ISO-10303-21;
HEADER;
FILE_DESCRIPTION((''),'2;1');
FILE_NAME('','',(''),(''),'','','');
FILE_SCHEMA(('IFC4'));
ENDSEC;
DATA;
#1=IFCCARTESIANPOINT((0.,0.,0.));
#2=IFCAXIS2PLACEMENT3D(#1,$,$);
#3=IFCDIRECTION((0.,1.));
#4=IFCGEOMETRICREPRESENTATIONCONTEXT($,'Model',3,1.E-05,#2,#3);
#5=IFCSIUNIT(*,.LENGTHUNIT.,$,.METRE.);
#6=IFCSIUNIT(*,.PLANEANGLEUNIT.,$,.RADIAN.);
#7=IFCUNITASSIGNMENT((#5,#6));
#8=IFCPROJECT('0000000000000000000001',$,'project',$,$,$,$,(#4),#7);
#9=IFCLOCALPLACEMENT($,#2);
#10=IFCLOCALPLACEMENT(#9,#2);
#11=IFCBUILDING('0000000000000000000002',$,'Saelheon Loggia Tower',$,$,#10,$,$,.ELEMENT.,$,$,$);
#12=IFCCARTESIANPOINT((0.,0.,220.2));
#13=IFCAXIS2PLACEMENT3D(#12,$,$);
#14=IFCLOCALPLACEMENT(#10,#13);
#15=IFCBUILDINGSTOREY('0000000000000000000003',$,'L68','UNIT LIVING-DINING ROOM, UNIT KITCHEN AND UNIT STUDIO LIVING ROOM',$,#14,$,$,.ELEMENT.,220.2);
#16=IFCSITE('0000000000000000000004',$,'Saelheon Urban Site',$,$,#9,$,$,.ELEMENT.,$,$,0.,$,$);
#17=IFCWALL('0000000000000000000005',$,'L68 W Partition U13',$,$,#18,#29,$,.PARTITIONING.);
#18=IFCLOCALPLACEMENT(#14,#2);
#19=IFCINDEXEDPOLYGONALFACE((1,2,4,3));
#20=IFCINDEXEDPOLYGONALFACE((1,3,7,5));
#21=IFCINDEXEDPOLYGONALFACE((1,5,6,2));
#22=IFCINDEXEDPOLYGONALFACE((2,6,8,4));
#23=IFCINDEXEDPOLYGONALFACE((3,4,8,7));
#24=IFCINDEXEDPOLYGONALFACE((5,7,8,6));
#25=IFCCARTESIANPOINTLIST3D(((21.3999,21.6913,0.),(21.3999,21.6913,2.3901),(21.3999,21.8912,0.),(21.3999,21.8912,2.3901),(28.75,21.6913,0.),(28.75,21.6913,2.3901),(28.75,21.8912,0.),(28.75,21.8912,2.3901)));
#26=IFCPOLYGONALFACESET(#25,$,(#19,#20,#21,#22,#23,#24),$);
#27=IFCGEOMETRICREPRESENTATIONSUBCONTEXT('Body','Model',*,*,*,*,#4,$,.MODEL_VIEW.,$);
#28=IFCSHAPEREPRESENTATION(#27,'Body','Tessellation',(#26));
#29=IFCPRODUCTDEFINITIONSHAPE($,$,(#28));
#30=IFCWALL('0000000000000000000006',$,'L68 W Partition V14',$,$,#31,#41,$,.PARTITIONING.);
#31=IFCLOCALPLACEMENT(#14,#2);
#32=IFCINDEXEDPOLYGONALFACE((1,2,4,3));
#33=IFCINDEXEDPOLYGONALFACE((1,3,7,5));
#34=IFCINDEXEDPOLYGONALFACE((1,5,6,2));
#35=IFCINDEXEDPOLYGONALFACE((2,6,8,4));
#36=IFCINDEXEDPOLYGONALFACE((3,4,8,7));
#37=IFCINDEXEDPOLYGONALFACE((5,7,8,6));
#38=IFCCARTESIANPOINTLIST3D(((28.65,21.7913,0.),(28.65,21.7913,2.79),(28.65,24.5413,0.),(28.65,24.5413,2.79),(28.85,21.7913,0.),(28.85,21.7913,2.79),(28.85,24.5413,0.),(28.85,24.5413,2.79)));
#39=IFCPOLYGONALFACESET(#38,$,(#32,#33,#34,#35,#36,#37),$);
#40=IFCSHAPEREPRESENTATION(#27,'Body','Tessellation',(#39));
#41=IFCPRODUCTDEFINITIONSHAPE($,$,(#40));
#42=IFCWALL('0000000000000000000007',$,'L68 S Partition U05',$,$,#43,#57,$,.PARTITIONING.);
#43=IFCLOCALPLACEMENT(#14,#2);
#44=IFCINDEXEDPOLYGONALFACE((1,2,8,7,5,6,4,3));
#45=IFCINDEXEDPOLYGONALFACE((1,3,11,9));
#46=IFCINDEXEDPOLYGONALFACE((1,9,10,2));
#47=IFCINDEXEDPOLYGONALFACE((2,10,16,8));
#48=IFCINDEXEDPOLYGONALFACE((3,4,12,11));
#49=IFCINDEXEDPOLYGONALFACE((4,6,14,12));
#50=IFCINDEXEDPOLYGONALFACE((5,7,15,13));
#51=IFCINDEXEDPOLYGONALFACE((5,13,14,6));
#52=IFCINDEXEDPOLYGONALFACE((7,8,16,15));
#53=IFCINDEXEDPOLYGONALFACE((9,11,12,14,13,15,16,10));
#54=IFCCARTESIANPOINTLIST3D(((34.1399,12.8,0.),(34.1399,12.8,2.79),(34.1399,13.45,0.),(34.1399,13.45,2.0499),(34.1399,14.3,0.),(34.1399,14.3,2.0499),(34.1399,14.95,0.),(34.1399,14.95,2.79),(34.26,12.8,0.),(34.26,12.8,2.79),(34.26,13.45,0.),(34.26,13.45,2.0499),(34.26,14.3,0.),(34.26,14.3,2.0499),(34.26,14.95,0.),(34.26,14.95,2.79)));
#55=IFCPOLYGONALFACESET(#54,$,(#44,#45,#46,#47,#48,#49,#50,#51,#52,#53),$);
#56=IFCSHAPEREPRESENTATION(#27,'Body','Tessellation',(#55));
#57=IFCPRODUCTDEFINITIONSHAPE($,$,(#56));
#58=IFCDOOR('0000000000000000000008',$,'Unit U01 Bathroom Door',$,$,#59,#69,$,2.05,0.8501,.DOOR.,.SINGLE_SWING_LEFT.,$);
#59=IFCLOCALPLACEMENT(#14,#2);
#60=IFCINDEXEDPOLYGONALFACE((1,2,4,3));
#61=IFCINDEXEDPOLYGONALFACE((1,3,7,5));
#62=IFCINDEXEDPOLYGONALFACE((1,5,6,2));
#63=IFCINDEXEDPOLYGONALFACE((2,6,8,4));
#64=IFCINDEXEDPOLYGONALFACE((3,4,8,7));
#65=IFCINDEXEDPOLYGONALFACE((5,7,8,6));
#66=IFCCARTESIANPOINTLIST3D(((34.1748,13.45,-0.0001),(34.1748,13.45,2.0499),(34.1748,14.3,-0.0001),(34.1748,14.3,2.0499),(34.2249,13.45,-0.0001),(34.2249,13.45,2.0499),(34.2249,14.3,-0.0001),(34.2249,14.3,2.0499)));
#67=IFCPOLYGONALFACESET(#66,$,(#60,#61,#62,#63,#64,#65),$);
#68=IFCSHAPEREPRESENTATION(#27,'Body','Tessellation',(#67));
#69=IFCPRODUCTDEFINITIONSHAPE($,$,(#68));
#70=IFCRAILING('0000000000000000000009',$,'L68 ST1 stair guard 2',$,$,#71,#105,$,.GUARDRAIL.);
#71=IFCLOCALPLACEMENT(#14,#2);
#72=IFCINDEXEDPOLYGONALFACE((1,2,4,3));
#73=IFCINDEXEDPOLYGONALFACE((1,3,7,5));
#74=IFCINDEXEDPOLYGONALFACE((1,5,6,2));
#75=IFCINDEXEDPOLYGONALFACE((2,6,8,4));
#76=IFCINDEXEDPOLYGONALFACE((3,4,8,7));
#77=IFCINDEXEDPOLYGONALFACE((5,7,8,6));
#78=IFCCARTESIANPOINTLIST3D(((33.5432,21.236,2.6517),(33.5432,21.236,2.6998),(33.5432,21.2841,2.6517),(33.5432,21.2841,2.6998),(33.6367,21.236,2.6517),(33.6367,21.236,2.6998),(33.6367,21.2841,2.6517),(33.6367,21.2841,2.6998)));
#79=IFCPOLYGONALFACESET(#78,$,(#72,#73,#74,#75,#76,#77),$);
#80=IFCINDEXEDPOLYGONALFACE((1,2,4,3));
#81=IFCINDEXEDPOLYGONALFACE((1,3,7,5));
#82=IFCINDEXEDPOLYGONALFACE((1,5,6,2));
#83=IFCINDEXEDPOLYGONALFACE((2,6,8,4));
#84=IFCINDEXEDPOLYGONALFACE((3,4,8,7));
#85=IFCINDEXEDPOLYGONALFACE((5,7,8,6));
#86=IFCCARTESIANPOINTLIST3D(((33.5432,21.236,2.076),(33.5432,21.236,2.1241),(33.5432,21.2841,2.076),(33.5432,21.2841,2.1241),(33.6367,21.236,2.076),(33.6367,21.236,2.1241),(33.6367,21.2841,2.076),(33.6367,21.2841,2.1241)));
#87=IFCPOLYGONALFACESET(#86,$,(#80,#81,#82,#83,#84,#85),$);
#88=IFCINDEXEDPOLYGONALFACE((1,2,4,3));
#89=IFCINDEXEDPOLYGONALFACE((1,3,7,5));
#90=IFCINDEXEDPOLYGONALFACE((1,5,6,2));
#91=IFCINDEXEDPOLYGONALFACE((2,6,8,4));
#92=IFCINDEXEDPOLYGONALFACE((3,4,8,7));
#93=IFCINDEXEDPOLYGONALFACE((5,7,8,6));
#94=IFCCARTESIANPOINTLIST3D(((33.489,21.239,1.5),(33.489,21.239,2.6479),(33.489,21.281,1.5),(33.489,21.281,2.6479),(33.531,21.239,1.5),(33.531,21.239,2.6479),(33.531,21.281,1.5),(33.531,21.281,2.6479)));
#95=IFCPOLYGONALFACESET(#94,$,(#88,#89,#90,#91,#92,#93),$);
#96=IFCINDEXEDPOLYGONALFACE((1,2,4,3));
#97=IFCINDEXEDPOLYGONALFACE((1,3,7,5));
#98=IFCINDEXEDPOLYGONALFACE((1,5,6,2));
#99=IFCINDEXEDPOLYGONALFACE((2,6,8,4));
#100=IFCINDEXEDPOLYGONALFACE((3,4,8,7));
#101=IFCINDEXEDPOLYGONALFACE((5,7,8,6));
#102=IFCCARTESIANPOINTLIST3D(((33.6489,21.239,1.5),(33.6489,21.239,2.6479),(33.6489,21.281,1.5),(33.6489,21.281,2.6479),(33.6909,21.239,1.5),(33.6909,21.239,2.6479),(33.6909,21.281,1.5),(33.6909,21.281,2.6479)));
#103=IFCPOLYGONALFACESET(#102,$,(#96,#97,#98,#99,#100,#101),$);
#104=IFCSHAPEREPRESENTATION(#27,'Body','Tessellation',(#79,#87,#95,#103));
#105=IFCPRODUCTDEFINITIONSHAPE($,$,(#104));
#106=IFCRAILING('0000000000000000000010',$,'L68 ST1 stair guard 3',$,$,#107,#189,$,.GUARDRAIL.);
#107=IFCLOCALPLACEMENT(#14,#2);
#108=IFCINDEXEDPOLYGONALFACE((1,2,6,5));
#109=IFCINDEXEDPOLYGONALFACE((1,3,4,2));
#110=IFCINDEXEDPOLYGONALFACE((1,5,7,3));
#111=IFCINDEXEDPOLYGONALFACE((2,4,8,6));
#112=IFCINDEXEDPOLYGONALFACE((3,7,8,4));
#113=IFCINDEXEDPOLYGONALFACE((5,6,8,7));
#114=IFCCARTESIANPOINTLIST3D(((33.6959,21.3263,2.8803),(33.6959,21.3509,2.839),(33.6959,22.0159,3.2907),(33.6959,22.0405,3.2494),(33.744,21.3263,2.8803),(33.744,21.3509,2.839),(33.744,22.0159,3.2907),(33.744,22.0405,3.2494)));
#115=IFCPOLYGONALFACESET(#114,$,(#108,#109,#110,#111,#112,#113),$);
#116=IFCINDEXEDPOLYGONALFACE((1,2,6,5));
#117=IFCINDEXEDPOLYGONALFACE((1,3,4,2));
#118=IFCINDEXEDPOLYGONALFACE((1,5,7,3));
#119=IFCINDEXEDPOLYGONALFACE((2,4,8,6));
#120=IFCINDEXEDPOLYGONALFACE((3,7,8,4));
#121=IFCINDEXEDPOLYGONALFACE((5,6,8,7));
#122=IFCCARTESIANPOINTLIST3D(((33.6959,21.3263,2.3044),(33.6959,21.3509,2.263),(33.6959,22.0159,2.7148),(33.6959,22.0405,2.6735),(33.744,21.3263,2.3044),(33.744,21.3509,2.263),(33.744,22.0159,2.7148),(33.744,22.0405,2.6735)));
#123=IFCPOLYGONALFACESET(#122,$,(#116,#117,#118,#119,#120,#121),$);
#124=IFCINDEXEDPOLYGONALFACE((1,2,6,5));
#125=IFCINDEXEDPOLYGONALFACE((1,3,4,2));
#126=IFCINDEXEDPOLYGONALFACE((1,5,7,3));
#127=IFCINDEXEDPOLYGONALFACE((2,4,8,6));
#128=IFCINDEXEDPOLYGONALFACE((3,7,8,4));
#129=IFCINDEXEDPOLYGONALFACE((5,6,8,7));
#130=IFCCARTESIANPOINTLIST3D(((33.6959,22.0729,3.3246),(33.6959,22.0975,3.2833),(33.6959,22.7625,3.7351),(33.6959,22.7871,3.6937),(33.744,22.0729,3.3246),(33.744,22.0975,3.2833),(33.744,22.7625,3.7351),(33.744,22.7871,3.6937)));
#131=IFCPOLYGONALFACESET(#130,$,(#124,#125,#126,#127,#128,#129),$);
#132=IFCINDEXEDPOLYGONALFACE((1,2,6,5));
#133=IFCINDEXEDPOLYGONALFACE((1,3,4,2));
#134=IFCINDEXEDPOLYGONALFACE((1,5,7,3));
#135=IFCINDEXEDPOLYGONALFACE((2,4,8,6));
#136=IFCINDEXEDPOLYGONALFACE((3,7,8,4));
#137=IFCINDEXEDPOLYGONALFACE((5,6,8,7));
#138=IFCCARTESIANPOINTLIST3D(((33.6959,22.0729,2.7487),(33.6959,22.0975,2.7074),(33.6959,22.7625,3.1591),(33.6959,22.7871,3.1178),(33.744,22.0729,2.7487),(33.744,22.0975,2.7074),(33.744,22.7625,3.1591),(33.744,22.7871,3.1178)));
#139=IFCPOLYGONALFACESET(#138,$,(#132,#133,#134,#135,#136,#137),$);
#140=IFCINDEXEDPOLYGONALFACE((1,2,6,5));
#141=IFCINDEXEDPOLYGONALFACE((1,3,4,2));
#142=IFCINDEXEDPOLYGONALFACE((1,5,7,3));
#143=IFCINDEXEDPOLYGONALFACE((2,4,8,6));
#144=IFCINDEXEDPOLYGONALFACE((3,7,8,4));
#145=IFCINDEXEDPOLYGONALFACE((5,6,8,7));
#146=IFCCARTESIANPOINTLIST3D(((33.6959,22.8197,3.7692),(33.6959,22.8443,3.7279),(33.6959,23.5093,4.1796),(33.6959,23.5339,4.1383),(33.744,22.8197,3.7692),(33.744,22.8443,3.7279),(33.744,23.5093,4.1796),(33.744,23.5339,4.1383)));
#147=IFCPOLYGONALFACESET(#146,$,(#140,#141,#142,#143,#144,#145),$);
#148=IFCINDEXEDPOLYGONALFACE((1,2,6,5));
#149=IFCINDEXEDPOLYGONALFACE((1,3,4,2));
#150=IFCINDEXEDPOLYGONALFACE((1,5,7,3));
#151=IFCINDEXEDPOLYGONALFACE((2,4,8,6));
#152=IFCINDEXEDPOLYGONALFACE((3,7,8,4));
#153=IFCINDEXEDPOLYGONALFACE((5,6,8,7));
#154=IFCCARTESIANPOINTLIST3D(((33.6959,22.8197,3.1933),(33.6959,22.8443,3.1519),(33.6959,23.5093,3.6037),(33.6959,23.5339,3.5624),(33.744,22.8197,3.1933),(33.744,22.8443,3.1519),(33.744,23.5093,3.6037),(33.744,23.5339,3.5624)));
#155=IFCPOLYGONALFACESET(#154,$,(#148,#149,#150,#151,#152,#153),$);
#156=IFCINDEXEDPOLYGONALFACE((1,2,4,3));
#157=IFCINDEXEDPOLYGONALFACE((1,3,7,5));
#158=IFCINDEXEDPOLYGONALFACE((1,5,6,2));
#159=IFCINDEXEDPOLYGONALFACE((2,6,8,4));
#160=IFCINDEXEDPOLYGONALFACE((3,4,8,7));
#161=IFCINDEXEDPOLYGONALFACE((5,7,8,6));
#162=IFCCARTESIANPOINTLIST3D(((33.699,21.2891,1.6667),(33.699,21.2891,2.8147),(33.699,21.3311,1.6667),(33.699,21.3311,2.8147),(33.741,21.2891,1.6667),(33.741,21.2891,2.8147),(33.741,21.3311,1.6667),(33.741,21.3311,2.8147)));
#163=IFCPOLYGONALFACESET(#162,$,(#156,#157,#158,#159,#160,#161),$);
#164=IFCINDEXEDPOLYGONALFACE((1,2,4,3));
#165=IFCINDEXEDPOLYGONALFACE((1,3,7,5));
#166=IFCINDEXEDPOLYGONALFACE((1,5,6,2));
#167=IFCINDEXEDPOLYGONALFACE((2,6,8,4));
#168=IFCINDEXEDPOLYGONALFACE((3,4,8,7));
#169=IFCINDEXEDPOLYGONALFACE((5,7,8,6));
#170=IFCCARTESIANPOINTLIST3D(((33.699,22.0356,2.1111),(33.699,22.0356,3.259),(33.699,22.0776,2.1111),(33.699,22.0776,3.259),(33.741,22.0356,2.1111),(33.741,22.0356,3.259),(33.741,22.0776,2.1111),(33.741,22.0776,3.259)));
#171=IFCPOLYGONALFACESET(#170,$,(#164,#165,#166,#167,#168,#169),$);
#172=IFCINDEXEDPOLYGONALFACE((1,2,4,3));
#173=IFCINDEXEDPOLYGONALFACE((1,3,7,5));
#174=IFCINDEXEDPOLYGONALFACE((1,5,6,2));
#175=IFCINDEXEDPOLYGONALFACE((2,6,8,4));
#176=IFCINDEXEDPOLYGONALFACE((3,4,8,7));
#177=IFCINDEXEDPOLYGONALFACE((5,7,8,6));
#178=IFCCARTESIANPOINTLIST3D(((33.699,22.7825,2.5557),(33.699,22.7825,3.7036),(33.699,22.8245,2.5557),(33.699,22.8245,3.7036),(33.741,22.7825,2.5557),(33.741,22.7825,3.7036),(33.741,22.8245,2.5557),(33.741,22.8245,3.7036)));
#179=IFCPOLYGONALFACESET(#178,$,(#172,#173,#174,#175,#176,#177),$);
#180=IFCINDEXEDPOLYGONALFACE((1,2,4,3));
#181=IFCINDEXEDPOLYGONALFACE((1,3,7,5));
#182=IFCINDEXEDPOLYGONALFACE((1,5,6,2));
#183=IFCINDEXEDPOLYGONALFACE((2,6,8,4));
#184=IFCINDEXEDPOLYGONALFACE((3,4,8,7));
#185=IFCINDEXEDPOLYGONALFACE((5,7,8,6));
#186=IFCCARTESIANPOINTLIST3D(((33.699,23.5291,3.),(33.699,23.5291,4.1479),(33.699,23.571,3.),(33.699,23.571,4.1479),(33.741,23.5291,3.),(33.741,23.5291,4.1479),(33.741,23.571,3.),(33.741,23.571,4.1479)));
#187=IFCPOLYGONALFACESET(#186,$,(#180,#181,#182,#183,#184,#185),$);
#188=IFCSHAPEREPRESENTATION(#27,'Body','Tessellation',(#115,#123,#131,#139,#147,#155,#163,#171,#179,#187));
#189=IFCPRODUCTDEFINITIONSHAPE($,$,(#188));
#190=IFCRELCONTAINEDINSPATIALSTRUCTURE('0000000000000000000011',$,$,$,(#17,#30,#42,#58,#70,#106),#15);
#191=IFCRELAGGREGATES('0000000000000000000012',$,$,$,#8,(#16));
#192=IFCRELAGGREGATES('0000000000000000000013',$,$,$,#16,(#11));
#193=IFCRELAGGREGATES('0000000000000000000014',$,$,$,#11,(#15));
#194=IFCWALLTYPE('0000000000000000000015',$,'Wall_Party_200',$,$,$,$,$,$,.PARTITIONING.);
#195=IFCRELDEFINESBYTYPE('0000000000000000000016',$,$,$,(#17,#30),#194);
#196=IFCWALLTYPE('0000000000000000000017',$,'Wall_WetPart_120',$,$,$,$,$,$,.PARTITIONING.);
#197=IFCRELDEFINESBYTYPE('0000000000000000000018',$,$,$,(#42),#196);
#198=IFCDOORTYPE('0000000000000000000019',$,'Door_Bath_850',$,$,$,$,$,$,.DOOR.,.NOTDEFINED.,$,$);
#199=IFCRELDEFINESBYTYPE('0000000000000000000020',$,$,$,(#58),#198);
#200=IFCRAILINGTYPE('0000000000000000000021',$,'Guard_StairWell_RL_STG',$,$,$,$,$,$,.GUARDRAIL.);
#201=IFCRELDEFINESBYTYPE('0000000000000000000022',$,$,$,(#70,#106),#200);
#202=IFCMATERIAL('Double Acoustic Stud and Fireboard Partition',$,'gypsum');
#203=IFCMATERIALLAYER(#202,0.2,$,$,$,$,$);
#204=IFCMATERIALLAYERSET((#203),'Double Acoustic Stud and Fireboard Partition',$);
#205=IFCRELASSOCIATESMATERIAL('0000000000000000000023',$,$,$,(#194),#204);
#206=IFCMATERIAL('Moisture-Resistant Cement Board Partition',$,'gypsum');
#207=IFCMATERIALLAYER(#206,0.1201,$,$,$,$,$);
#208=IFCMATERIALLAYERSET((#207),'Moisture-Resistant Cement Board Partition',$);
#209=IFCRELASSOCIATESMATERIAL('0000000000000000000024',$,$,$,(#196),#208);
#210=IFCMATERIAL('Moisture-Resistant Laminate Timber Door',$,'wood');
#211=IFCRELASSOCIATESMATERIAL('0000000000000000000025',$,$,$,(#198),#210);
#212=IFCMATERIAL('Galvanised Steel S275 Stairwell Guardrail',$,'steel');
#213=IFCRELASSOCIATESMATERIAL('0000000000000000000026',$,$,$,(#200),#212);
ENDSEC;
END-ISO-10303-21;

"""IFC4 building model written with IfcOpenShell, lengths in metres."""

from ifc_helpers import new_model, si_unit, direction, frame, frame_2d, origin, origin_2d, place, context, subcontext, project, spatial, rectangle, extrude, source, transform, mapped, material, layer, layer_set, type_object, element, fill, save


model = new_model("IFC4")

# Units and contexts
model_context = context("Model", 3, precision=1e-05, world=origin(), true_north=direction((0.0, 1.0)))
body_context = subcontext(model_context, "Body", "Model", "MODEL_VIEW")
ifc_project = project(units=[si_unit("LENGTHUNIT", "METRE"), si_unit("PLANEANGLEUNIT", "RADIAN")], contexts=[model_context])

# Site, building, storey
site_placement = place(None, origin())
site = spatial("IfcSite", under=ifc_project, at=site_placement, Name="Saelheon Urban Site", CompositionType="ELEMENT", RefElevation=0.0)
building_placement = place(site_placement, origin())
building = spatial("IfcBuilding", under=site, at=building_placement, Name="Saelheon Loggia Tower", CompositionType="ELEMENT")
storey_placement = place(building_placement, frame((0.0, 0.0, 220.2)))
storey = spatial("IfcBuildingStorey", under=building, at=storey_placement, Name="L68", Description="UNIT LIVING-DINING ROOM, UNIT KITCHEN AND UNIT STUDIO LIVING ROOM", CompositionType="ELEMENT", Elevation=220.2)

# Shared definitions
ifc_material_1 = material(Name="Double Acoustic Stud and Fireboard Partition", Category="gypsum")
ifc_layer_1 = layer(ifc_material_1, 0.2)
ifc_layer_set_1 = layer_set([ifc_layer_1], Name="Double Acoustic Stud and Fireboard Partition")
wall_type_1 = type_object("IfcWallType", Name="Wall_Party_200", PredefinedType="PARTITIONING", material=ifc_layer_set_1)

# Walls
wall_1_placement = place(storey_placement, frame((28.75, 21.7913, 0.0), z_axis=(0.0, 0.0, 1.0), x_axis=(-1.0, 0.0, 0.0)))
element("IfcWall", 1, at=wall_1_placement, inside=storey, type_object=wall_type_1, Name="L68 W Partition U13", PredefinedType="PARTITIONING", context=body_context, shape_type="SweptSolid", body=[
    extrude(rectangle(XDim=7.3501, YDim=0.2, at=frame_2d((3.675, 0.0))), origin(), (0.0, 0.0, 1.0), 2.3901),
])
wall_2_placement = place(storey_placement, frame((28.75, 21.7913, 0.0), z_axis=(0.0, 0.0, 1.0), x_axis=(0.0, 1.0, 0.0)))
element("IfcWall", 2, at=wall_2_placement, inside=storey, type_object=wall_type_1, Name="L68 W Partition V14", PredefinedType="PARTITIONING", context=body_context, shape_type="SweptSolid", body=[
    extrude(rectangle(XDim=2.75, YDim=0.2, at=frame_2d((1.375, 0.0))), origin(), (0.0, 0.0, 1.0), 2.79),
])

# Wall, opening, door
ifc_material_2 = material(Name="Moisture-Resistant Cement Board Partition", Category="gypsum")
ifc_layer_2 = layer(ifc_material_2, 0.1201)
ifc_layer_set_2 = layer_set([ifc_layer_2], Name="Moisture-Resistant Cement Board Partition")
wall_type_2 = type_object("IfcWallType", Name="Wall_WetPart_120", PredefinedType="PARTITIONING", material=ifc_layer_set_2)
wall_3_placement = place(storey_placement, frame((34.2, 14.95, 0.0), z_axis=(0.0, 0.0, 1.0), x_axis=(0.0, -1.0, 0.0)))
wall_3 = element("IfcWall", 3, at=wall_3_placement, inside=storey, type_object=wall_type_2, Name="L68 S Partition U05", PredefinedType="PARTITIONING", context=body_context, shape_type="SweptSolid", body=[
    extrude(rectangle(XDim=2.1499, YDim=0.1201, at=frame_2d((1.075, 0.0))), origin(), (0.0, 0.0, 1.0), 2.79),
])
opening_1_placement = place(wall_3_placement, frame((0.6499, 0.0, 0.0)))
opening_1 = element("IfcOpeningElement", 4, at=opening_1_placement, cuts=wall_3, PredefinedType="OPENING", context=body_context, shape_type="SweptSolid", body=[
    extrude(rectangle(XDim=0.8501, YDim=2.05, at=frame_2d((0.425, 1.0249))), frame((0.0, 0.072, 0.0), z_axis=(0.0, -1.0, 0.0), x_axis=(1.0, 0.0, 0.0)), (0.0, 0.0, 1.0), 0.144),
])
ifc_material_3 = material(Name="Moisture-Resistant Laminate Timber Door", Category="wood")
door_type_1 = type_object("IfcDoorType", Name="Door_Bath_850", OperationType="NOTDEFINED", PredefinedType="DOOR", material=ifc_material_3)
shared_shape_1 = source(origin(), body_context, "Body", "SweptSolid", [
    extrude(rectangle(XDim=0.8501, YDim=2.05, at=frame_2d((0.425, 1.0249))), frame((0.0, 0.0249, 0.0), z_axis=(0.0, -1.0, 0.0), x_axis=(1.0, 0.0, 0.0)), (0.0, 0.0, 1.0), 0.05),
])
door_1_placement = place(opening_1_placement, origin())
door_1 = element("IfcDoor", 5, at=door_1_placement, inside=storey, type_object=door_type_1, Name="Unit U01 Bathroom Door", OperationType="SINGLE_SWING_LEFT", OverallHeight=2.05, OverallWidth=0.8501, PredefinedType="DOOR", context=body_context, shape_type="MappedRepresentation", body=[
    mapped(shared_shape_1, transform((0.0, 0.0, 0.0), scale=1.0)),
])
fill(opening_1, door_1)

# Railings
ifc_material_4 = material(Name="Galvanised Steel S275 Stairwell Guardrail", Category="steel")
railing_type = type_object("IfcRailingType", Name="Guard_StairWell_RL_STG", PredefinedType="GUARDRAIL", material=ifc_material_4)
railing_1_placement = place(storey_placement, frame((33.51, 21.26, 1.5)))
element("IfcRailing", 6, at=railing_1_placement, inside=storey, type_object=railing_type, Name="L68 ST1 stair guard 2", PredefinedType="GUARDRAIL", context=body_context, shape_type="SweptSolid", body=[
    extrude(rectangle(XDim=0.0481, YDim=0.0481, at=origin_2d()), frame((0.0332, 0.0, 1.1758), z_axis=(1.0, 0.0, 0.0), x_axis=(0.0, 1.0, 0.0)), (0.0, 0.0, 1.0), 0.0935),
    extrude(rectangle(XDim=0.0481, YDim=0.0481, at=origin_2d()), frame((0.0332, 0.0, 0.6001), z_axis=(1.0, 0.0, 0.0), x_axis=(0.0, 1.0, 0.0)), (0.0, 0.0, 1.0), 0.0935),
    extrude(rectangle(XDim=0.042, YDim=0.042, at=origin_2d()), origin(), (0.0, 0.0, 1.0), 1.1479),
    extrude(rectangle(XDim=0.042, YDim=0.042, at=origin_2d()), frame((0.1599, 0.0, 0.0)), (0.0, 0.0, 1.0), 1.1479),
])
railing_2_placement = place(storey_placement, frame((33.72, 21.3101, 1.6667)))
element("IfcRailing", 7, at=railing_2_placement, inside=storey, type_object=railing_type, Name="L68 ST1 stair guard 3", PredefinedType="GUARDRAIL", context=body_context, shape_type="SweptSolid", body=[
    extrude(rectangle(XDim=0.0481, YDim=0.0481, at=origin_2d()), frame((0.0, 0.0286, 1.1929), z_axis=(0.0, 0.859306, 0.511462), x_axis=(-1.0, 0.0, 0.0)), (0.0, 0.0, 1.0), 0.8025),
    extrude(rectangle(XDim=0.0481, YDim=0.0481, at=origin_2d()), frame((0.0, 0.0286, 0.6169), z_axis=(0.0, 0.859306, 0.511462), x_axis=(-1.0, 0.0, 0.0)), (0.0, 0.0, 1.0), 0.8025),
    extrude(rectangle(XDim=0.0481, YDim=0.0481, at=origin_2d()), frame((0.0, 0.7751, 1.6372), z_axis=(0.0, 0.859306, 0.511462), x_axis=(-1.0, 0.0, 0.0)), (0.0, 0.0, 1.0), 0.8025),
    extrude(rectangle(XDim=0.0481, YDim=0.0481, at=origin_2d()), frame((0.0, 0.7751, 1.0613), z_axis=(0.0, 0.859306, 0.511462), x_axis=(-1.0, 0.0, 0.0)), (0.0, 0.0, 1.0), 0.8025),
    extrude(rectangle(XDim=0.0481, YDim=0.0481, at=origin_2d()), frame((0.0, 1.522, 2.0818), z_axis=(0.0, 0.859306, 0.511462), x_axis=(-1.0, 0.0, 0.0)), (0.0, 0.0, 1.0), 0.8025),
    extrude(rectangle(XDim=0.0481, YDim=0.0481, at=origin_2d()), frame((0.0, 1.522, 1.5059), z_axis=(0.0, 0.859306, 0.511462), x_axis=(-1.0, 0.0, 0.0)), (0.0, 0.0, 1.0), 0.8025),
    extrude(rectangle(XDim=0.042, YDim=0.042, at=origin_2d()), origin(), (0.0, 0.0, 1.0), 1.1479),
    extrude(rectangle(XDim=0.042, YDim=0.042, at=origin_2d()), frame((0.0, 0.7466, 0.4443)), (0.0, 0.0, 1.0), 1.1479),
    extrude(rectangle(XDim=0.042, YDim=0.042, at=origin_2d()), frame((0.0, 1.4934, 0.8889)), (0.0, 0.0, 1.0), 1.1479),
    extrude(rectangle(XDim=0.042, YDim=0.042, at=origin_2d()), frame((0.0, 2.24, 1.3333)), (0.0, 0.0, 1.0), 1.1479),
])

save(model, "model.ifc")
